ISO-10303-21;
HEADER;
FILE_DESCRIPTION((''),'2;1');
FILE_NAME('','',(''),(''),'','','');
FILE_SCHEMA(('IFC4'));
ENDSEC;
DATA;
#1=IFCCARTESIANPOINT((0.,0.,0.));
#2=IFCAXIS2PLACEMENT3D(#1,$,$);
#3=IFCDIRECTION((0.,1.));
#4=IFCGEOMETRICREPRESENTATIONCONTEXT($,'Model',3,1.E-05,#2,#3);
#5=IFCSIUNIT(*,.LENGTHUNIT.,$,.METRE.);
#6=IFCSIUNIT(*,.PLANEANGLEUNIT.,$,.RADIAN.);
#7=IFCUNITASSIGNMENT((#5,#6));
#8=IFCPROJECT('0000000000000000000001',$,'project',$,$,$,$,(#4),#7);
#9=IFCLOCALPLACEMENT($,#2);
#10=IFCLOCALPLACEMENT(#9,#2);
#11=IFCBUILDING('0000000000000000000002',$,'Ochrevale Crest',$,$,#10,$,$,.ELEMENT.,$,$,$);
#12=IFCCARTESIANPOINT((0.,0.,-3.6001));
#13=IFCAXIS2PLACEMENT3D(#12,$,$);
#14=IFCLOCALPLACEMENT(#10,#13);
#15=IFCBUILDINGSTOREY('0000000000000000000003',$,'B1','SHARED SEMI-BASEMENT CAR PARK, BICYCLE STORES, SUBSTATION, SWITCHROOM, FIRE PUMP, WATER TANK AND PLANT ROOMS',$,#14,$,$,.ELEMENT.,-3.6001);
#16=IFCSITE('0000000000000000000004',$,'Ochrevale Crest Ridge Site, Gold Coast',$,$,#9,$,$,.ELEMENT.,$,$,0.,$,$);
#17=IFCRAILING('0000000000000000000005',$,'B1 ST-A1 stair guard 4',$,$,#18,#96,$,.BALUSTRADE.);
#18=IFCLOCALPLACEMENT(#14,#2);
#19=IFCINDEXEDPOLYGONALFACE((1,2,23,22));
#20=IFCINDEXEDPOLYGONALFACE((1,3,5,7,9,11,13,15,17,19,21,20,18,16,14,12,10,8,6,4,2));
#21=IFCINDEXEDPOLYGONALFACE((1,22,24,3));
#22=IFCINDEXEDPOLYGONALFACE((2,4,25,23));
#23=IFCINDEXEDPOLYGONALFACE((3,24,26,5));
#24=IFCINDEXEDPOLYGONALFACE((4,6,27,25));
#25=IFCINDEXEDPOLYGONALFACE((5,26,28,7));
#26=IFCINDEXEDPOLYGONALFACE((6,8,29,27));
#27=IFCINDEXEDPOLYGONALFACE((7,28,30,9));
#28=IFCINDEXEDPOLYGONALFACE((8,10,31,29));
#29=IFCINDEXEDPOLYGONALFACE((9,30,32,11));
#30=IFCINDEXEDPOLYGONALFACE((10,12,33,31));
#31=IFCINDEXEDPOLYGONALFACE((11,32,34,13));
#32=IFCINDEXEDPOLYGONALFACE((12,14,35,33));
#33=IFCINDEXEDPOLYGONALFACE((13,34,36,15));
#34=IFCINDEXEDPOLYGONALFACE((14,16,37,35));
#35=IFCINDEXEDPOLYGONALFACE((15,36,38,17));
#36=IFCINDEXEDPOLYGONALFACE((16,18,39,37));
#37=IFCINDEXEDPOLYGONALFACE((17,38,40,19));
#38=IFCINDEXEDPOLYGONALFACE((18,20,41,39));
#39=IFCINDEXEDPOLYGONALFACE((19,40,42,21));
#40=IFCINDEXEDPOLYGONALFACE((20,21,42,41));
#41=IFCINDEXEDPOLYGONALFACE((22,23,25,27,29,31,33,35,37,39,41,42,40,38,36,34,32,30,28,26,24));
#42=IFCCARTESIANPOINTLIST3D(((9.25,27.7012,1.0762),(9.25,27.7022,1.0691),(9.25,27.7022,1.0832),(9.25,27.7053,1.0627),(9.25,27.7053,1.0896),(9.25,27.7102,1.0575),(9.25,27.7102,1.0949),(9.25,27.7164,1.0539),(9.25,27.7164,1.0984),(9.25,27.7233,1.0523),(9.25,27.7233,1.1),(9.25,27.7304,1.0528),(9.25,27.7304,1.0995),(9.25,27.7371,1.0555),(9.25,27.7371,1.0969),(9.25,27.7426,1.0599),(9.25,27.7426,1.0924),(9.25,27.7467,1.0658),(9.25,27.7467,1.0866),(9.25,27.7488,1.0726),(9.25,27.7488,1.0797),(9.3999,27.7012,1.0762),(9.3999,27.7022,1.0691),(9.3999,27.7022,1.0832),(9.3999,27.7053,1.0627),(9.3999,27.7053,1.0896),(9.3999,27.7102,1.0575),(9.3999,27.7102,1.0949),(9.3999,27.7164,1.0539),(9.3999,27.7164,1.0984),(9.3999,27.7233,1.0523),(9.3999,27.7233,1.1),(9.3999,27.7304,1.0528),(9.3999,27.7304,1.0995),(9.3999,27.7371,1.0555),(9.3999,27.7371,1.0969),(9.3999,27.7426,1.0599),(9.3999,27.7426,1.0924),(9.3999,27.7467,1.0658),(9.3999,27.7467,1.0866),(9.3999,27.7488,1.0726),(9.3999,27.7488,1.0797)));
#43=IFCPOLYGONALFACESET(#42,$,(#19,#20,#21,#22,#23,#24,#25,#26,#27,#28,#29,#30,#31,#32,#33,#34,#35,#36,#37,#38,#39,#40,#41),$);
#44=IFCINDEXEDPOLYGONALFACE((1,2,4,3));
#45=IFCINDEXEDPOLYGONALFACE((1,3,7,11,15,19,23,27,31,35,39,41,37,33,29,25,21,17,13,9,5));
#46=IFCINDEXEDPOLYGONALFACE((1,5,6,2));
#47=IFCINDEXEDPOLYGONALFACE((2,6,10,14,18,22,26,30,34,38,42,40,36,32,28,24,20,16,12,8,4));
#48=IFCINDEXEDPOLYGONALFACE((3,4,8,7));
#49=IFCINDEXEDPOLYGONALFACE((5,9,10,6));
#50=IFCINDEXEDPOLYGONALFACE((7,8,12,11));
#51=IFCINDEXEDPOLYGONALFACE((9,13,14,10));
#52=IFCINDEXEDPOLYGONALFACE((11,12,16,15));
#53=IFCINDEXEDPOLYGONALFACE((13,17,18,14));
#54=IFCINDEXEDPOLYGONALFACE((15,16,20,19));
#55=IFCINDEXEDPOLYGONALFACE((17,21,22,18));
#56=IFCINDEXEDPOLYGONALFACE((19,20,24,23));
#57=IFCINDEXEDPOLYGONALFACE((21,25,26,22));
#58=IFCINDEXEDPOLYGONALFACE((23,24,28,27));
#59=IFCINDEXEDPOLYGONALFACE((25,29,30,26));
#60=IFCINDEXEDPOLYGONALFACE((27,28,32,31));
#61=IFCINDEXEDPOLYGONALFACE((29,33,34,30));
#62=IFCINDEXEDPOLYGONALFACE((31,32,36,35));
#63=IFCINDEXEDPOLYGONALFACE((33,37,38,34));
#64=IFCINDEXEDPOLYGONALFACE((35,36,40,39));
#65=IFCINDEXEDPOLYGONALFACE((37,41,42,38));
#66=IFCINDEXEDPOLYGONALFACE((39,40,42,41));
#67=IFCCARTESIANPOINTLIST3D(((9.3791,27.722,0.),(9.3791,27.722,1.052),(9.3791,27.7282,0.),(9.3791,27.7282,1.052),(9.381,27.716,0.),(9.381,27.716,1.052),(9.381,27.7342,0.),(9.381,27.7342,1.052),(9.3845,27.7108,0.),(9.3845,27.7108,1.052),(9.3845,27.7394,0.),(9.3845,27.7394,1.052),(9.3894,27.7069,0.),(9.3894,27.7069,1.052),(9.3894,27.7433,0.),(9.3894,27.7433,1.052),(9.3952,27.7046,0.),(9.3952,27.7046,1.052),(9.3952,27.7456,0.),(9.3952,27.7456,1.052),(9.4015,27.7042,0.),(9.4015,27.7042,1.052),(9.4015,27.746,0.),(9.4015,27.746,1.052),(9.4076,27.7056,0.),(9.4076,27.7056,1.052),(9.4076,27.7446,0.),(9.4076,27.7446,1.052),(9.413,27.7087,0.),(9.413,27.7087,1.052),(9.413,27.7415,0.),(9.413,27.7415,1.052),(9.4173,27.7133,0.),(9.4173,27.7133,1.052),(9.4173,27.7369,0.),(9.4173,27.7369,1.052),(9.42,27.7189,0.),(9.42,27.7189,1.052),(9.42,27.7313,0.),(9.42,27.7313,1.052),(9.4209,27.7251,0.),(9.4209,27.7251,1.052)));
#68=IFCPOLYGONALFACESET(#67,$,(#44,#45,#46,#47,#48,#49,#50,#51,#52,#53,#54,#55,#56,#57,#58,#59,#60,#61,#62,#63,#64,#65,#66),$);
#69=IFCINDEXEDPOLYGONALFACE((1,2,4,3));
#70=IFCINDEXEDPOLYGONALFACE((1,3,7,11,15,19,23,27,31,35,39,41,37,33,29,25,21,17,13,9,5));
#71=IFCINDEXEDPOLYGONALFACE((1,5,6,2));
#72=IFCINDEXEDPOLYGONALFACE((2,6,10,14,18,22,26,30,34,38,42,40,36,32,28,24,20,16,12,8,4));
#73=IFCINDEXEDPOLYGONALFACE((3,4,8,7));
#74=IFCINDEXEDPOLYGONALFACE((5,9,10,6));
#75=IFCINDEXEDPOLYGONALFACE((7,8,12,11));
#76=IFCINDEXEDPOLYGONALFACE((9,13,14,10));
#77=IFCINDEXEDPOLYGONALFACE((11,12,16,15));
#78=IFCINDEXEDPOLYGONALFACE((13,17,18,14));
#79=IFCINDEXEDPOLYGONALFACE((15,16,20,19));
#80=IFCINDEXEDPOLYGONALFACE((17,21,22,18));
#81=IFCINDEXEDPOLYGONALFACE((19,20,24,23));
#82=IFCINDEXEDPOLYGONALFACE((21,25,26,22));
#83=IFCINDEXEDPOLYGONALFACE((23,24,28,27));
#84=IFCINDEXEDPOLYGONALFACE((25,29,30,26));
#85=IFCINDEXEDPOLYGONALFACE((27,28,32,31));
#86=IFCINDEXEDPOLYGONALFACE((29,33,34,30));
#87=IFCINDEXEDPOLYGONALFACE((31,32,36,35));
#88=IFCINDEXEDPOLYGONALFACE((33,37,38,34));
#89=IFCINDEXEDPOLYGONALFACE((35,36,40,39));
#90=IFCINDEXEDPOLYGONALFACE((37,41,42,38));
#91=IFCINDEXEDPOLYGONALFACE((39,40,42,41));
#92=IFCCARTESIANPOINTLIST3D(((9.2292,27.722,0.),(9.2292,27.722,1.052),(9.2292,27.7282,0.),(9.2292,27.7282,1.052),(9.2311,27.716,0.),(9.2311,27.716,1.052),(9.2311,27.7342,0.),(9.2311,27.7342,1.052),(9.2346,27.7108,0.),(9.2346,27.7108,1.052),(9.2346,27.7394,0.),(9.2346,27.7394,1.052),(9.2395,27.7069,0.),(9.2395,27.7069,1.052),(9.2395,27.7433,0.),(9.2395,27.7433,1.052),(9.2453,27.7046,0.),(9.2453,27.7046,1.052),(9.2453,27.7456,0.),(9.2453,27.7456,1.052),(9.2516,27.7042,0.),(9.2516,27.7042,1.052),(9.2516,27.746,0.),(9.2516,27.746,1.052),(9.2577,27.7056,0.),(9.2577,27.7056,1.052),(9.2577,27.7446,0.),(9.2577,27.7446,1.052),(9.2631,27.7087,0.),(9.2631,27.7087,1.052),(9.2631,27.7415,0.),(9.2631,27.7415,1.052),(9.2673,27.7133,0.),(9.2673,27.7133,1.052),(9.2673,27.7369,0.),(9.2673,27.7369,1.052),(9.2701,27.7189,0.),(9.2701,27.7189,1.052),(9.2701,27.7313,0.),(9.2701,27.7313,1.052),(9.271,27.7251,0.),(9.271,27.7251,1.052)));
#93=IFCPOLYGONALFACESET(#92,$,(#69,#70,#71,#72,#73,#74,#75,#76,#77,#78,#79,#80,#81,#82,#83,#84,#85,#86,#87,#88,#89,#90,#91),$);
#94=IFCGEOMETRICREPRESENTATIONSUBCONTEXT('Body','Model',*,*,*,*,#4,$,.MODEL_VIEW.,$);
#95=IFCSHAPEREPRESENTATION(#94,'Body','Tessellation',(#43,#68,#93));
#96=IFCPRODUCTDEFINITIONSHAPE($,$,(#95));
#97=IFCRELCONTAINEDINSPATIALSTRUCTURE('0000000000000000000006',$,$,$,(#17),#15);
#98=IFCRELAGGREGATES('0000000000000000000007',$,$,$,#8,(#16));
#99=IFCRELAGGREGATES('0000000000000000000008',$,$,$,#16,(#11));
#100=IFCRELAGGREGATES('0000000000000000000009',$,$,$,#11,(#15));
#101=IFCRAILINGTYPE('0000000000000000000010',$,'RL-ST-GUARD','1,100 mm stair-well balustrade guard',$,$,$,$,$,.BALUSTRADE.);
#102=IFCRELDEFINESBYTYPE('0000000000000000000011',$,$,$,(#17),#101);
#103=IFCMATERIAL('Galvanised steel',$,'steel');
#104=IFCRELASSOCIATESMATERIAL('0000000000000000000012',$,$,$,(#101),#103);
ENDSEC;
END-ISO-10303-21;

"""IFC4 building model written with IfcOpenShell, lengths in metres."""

from ifc_helpers import new_model, si_unit, direction, frame, origin, origin_2d, place, context, subcontext, project, spatial, circle, extrude, material, type_object, element, save


model = new_model("IFC4")

# Units and contexts
model_context = context("Model", 3, precision=1e-05, world=origin(), true_north=direction((0.0, 1.0)))
body_context = subcontext(model_context, "Body", "Model", "MODEL_VIEW")
ifc_project = project(units=[si_unit("LENGTHUNIT", "METRE"), si_unit("PLANEANGLEUNIT", "RADIAN")], contexts=[model_context])

# Site, building, storey
site_placement = place(None, origin())
site = spatial("IfcSite", under=ifc_project, at=site_placement, Name="Ochrevale Crest Ridge Site, Gold Coast", CompositionType="ELEMENT", RefElevation=0.0)
building_placement = place(site_placement, origin())
building = spatial("IfcBuilding", under=site, at=building_placement, Name="Ochrevale Crest", CompositionType="ELEMENT")
storey_placement = place(building_placement, frame((0.0, 0.0, -3.6001)))
storey = spatial("IfcBuildingStorey", under=building, at=storey_placement, Name="B1", Description="SHARED SEMI-BASEMENT CAR PARK, BICYCLE STORES, SUBSTATION, SWITCHROOM, FIRE PUMP, WATER TANK AND PLANT ROOMS", CompositionType="ELEMENT", Elevation=-3.6001)

# Railing
ifc_material_1 = material(Name="Galvanised steel", Category="steel")
railing_type_1 = type_object("IfcRailingType", Name="RL-ST-GUARD", Description="1,100 mm stair-well balustrade guard", PredefinedType="BALUSTRADE", material=ifc_material_1)
railing_1_placement = place(storey_placement, frame((9.3999, 27.7251, 0.0)))
element("IfcRailing", 1, at=railing_1_placement, inside=storey, type_object=railing_type_1, Name="B1 ST-A1 stair guard 4", PredefinedType="BALUSTRADE", context=body_context, shape_type="SweptSolid", body=[
    extrude(circle(Radius=0.0239, at=origin_2d()), frame((0.0, 0.0, 1.0762), z_axis=(-1.0, 0.0, 0.0), x_axis=(0.0, -1.0, 0.0)), (0.0, 0.0, 1.0), 0.1499),
    extrude(circle(Radius=0.021, at=origin_2d()), origin(), (0.0, 0.0, 1.0), 1.052),
    extrude(circle(Radius=0.021, at=origin_2d()), frame((-0.1499, 0.0, 0.0)), (0.0, 0.0, 1.0), 1.052),
])

save(model, "model.ifc")
